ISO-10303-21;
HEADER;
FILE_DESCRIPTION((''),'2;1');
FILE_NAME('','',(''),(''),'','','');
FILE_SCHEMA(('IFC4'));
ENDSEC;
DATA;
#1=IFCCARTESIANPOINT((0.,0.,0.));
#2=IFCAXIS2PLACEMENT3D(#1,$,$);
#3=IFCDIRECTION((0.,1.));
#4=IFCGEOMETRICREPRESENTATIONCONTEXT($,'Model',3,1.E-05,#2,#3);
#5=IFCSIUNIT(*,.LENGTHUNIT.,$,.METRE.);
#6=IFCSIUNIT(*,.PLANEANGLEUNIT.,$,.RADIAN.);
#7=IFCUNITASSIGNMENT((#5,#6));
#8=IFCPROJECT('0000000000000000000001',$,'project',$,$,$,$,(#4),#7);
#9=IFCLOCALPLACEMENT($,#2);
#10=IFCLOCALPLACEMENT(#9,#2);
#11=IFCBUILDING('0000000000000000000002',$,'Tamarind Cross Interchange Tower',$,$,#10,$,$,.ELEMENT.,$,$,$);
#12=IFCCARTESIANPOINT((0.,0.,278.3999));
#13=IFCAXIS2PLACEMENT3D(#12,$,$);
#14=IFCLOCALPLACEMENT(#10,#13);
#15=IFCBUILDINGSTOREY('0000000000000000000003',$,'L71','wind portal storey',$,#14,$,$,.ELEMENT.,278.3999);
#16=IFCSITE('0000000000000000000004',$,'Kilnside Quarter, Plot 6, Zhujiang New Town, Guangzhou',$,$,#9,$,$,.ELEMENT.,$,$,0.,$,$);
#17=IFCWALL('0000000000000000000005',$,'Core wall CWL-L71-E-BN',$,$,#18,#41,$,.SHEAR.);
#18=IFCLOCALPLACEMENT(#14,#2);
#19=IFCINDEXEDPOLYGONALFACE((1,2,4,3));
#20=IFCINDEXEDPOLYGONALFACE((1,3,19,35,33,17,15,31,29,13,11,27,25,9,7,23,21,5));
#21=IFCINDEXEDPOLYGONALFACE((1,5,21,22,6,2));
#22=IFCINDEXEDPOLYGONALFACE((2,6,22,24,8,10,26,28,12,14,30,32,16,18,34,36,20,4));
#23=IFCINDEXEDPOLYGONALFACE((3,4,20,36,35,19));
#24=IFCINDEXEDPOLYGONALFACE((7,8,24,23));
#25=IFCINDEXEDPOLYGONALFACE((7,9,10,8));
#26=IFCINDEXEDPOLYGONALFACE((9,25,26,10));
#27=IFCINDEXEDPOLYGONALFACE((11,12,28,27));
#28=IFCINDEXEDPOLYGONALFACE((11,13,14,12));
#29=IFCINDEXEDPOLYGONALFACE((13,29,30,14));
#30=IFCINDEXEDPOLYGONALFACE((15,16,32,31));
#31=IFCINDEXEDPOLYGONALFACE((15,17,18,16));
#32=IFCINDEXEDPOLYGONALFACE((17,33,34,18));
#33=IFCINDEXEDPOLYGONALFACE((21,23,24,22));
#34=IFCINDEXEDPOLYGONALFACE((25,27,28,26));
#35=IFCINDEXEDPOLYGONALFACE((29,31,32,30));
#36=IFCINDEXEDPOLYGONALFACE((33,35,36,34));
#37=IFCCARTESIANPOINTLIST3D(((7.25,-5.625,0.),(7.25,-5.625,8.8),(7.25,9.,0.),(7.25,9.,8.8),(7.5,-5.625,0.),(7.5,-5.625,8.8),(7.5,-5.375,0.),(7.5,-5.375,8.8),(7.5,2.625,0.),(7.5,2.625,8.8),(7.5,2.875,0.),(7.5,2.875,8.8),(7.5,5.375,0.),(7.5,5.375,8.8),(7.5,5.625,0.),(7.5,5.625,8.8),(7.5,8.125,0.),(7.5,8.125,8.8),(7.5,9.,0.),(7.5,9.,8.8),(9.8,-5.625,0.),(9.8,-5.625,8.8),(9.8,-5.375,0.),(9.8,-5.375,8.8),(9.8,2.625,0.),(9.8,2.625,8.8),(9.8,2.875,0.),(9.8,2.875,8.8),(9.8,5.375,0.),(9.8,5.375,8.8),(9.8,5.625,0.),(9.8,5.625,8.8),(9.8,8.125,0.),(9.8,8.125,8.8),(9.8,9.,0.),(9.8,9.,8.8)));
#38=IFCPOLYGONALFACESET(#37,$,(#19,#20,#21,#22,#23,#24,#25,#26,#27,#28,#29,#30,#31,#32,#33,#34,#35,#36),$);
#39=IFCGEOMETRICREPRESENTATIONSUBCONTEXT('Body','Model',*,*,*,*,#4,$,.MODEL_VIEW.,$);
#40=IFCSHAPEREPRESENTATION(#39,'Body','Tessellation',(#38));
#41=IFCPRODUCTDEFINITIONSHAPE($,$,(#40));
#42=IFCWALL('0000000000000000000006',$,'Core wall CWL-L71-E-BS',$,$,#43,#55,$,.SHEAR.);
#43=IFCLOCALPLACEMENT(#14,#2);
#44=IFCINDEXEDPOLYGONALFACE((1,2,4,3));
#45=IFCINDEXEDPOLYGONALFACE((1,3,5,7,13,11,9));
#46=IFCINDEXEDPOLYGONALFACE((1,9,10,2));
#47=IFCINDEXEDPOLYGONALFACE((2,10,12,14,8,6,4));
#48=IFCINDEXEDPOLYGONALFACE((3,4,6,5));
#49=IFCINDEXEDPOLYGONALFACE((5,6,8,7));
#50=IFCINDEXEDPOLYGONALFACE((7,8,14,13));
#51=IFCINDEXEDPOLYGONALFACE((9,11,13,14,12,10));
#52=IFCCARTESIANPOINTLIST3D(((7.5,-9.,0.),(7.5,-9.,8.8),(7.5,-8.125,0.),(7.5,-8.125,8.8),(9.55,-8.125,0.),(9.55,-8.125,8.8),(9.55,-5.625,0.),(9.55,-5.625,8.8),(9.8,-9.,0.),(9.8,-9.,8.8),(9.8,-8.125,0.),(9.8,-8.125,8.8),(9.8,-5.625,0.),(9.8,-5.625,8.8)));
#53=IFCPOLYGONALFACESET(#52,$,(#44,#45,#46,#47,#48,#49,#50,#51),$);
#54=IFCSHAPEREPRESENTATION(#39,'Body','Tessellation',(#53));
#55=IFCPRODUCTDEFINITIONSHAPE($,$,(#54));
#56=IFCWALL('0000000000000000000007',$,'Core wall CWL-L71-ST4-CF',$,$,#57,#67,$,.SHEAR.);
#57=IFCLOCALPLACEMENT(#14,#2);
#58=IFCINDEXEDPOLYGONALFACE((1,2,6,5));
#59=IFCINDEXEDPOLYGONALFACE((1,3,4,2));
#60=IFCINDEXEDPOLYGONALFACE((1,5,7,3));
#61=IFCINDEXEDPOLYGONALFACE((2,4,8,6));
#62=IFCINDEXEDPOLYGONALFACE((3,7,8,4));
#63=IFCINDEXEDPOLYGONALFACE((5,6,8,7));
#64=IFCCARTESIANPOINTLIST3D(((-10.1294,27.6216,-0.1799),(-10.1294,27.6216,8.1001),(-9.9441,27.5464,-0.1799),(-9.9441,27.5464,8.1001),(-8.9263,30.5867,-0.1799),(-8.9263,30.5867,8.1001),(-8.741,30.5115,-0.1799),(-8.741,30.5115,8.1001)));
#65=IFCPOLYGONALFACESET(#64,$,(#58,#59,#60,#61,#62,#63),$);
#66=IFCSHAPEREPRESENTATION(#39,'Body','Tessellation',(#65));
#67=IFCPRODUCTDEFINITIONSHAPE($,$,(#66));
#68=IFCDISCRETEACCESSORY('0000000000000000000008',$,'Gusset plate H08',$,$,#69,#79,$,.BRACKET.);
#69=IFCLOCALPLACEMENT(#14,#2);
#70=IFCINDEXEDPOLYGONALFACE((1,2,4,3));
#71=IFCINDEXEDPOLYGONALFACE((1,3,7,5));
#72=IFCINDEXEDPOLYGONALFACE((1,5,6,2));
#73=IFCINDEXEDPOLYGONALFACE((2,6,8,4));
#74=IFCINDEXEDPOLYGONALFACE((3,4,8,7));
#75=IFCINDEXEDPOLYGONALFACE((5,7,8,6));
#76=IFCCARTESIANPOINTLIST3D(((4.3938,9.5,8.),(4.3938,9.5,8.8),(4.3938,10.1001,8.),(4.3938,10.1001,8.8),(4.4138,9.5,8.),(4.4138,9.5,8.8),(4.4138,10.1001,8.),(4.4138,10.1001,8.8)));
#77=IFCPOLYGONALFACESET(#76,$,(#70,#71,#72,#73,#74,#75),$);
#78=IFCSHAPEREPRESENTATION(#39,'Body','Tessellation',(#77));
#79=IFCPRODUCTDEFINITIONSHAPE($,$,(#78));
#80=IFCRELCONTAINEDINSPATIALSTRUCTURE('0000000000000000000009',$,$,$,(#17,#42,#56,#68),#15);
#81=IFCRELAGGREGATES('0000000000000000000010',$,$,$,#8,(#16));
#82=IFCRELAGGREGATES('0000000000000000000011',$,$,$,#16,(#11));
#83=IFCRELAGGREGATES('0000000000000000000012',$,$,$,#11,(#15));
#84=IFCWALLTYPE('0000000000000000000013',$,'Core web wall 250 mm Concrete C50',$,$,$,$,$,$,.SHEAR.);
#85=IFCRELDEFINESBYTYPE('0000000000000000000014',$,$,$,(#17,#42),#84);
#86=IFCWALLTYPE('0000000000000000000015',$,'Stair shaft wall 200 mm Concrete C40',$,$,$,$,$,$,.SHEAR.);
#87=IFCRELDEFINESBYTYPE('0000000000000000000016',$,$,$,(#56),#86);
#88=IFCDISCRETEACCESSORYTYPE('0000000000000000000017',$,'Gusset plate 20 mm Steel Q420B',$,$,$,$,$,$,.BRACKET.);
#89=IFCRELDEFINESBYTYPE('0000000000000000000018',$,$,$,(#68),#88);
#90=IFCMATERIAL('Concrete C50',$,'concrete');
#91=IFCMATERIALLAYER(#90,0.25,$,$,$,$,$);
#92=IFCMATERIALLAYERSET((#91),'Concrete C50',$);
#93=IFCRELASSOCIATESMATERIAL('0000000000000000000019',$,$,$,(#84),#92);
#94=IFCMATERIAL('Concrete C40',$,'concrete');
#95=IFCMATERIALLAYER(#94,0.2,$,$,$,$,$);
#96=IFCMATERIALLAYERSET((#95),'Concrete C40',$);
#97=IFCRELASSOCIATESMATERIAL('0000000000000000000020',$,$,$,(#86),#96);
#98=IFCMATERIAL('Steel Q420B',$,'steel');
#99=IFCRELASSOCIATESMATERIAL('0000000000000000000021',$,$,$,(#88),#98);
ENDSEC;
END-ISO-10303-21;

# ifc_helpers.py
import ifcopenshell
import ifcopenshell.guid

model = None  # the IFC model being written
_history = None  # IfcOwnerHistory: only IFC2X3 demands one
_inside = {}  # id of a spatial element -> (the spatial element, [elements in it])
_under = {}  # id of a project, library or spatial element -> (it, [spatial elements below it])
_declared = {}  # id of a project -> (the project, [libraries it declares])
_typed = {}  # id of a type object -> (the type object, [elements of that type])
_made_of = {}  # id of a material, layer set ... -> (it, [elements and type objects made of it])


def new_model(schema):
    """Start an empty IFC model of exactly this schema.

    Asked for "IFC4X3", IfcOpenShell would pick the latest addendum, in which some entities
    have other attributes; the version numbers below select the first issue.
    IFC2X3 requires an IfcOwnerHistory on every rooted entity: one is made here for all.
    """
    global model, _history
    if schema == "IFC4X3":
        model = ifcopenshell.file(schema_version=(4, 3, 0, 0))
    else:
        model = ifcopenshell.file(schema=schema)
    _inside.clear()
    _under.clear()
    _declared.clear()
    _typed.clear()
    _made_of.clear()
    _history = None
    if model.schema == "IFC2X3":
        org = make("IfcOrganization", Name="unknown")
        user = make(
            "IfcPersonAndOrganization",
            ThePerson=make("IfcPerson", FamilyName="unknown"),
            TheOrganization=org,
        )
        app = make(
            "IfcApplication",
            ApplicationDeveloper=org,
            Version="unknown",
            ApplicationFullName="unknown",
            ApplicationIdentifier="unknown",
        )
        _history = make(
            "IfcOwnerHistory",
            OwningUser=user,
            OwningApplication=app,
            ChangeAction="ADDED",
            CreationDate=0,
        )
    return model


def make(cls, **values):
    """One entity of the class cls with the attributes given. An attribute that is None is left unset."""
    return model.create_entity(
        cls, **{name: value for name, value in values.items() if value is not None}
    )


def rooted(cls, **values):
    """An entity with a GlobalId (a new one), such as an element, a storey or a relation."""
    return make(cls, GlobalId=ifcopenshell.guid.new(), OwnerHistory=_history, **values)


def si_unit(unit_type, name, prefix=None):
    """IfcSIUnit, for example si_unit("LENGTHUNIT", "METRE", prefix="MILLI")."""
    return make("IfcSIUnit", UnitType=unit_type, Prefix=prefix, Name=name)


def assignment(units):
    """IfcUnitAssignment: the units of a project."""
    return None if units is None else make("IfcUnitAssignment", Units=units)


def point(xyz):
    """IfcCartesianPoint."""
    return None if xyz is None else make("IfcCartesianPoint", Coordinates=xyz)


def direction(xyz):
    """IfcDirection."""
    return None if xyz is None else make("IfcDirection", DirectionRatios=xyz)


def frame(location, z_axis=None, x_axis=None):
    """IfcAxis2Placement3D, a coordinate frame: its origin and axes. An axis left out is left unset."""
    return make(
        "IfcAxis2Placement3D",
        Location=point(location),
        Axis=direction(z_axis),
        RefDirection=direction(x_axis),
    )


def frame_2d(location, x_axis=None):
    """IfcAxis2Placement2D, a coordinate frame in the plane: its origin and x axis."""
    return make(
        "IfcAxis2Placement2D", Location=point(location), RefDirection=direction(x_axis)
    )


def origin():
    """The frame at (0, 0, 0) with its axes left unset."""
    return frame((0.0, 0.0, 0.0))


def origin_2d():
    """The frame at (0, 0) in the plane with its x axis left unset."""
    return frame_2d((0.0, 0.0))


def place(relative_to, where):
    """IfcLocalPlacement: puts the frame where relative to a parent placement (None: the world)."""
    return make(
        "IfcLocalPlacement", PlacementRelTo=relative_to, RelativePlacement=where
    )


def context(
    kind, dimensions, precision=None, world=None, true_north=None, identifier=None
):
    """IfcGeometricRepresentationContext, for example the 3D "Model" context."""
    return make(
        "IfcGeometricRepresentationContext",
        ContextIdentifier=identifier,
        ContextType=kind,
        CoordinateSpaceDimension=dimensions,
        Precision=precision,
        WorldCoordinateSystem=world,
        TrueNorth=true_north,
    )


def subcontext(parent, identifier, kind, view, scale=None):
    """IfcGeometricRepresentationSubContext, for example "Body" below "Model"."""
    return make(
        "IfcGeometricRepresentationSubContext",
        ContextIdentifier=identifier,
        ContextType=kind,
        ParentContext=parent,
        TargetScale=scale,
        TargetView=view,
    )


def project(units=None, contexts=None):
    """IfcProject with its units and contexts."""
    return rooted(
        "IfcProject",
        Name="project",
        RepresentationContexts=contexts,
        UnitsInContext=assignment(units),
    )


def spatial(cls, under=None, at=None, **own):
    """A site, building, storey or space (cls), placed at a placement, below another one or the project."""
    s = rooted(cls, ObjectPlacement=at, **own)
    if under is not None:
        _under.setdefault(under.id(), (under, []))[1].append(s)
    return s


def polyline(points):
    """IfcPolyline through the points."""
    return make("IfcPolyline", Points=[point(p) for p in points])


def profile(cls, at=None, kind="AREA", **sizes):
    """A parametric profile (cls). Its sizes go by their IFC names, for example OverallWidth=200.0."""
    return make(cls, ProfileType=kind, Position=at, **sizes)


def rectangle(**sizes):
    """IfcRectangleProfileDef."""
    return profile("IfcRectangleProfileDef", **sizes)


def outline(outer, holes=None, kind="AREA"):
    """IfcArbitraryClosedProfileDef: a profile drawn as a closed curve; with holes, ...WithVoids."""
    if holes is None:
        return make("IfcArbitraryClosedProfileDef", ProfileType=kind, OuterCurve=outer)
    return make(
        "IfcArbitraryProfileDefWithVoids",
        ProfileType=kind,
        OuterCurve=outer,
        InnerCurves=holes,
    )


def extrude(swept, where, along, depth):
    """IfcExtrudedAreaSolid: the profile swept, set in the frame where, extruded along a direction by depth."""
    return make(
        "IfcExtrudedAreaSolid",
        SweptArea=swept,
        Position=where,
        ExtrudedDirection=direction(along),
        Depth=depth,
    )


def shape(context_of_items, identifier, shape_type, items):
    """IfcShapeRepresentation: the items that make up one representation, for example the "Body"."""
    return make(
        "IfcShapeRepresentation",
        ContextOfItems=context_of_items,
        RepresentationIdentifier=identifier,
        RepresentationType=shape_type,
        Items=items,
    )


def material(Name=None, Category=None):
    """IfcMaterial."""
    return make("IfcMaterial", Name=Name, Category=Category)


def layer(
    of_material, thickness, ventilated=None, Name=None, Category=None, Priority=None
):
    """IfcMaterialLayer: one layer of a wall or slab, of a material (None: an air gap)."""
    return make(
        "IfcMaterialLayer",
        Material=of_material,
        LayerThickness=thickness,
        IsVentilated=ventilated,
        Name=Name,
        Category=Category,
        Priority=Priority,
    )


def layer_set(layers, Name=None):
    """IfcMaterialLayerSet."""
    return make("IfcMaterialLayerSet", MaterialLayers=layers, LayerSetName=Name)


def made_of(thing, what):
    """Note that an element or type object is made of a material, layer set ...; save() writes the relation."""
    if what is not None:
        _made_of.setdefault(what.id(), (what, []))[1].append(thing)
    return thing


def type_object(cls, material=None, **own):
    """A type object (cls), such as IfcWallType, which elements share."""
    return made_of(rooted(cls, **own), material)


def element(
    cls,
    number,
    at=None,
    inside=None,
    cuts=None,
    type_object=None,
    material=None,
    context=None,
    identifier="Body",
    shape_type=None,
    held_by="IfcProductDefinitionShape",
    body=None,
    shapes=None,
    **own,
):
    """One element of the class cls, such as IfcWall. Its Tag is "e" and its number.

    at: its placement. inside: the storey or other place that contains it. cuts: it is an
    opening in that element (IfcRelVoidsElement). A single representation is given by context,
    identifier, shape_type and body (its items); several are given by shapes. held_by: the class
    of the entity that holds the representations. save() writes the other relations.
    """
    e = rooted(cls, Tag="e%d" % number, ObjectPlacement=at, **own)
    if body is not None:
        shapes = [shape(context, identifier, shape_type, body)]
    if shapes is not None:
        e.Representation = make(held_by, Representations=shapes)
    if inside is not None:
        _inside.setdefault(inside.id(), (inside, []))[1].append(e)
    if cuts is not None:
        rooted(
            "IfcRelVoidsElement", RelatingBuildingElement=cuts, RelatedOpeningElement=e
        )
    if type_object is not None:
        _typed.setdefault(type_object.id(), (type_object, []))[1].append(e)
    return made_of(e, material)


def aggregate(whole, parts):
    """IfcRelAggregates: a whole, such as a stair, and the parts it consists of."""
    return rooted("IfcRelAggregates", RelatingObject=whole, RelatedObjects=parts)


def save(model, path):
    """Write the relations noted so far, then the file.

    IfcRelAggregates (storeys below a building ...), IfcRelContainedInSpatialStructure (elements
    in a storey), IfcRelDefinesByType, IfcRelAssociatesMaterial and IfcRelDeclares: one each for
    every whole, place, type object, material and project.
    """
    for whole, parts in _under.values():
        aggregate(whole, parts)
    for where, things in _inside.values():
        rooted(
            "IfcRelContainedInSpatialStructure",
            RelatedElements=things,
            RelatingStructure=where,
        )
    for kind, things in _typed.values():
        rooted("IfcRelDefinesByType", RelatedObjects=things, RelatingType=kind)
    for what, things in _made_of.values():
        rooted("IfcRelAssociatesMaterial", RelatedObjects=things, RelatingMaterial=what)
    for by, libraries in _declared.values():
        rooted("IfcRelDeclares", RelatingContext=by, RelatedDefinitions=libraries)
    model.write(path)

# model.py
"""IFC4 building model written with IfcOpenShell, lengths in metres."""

from ifc_helpers import new_model, si_unit, direction, frame, origin, origin_2d, place, context, subcontext, project, spatial, polyline, rectangle, outline, extrude, material, layer, layer_set, type_object, element, save


model = new_model("IFC4")

# Units and contexts
model_context = context("Model", 3, precision=1e-05, world=origin(), true_north=direction((0.0, 1.0)))
body_context = subcontext(model_context, "Body", "Model", "MODEL_VIEW")
ifc_project = project(units=[si_unit("LENGTHUNIT", "METRE"), si_unit("PLANEANGLEUNIT", "RADIAN")], contexts=[model_context])

# Site, building, storey
site_placement = place(None, origin())
site = spatial("IfcSite", under=ifc_project, at=site_placement, Name="Kilnside Quarter, Plot 6, Zhujiang New Town, Guangzhou", CompositionType="ELEMENT", RefElevation=0.0)
building_placement = place(site_placement, origin())
building = spatial("IfcBuilding", under=site, at=building_placement, Name="Tamarind Cross Interchange Tower", CompositionType="ELEMENT")
storey_placement = place(building_placement, frame((0.0, 0.0, 278.3999)))
storey = spatial("IfcBuildingStorey", under=building, at=storey_placement, Name="L71", Description="wind portal storey", CompositionType="ELEMENT", Elevation=278.3999)

# Shared definitions
ifc_material_1 = material(Name="Steel Q420B", Category="steel")

# Shared definitions
ifc_material_2 = material(Name="Concrete C40", Category="concrete")

# Walls
ifc_material_3 = material(Name="Concrete C50", Category="concrete")
ifc_layer_1 = layer(ifc_material_3, 0.25)
ifc_layer_set_1 = layer_set([ifc_layer_1], Name="Concrete C50")
wall_type_1 = type_object("IfcWallType", Name="Core web wall 250 mm Concrete C50", PredefinedType="SHEAR", material=ifc_layer_set_1)
wall_1_placement = place(storey_placement, origin())
element("IfcWall", 1, at=wall_1_placement, inside=storey, type_object=wall_type_1, Name="Core wall CWL-L71-E-BN", PredefinedType="SHEAR", context=body_context, shape_type="SweptSolid", body=[
    extrude(outline(polyline([(9.8, -5.375), (7.5, -5.375), (7.5, 2.625), (9.8, 2.625), (9.8, 2.875), (7.5, 2.875), (7.5, 5.375), (9.8, 5.375), (9.8, 5.625), (7.5, 5.625), (7.5, 8.125), (9.8, 8.125), (9.8, 9.0), (7.5, 9.0), (7.25, 9.0), (7.25, -5.625), (7.5, -5.625), (9.8, -5.625), (9.8, -5.375)])), origin(), (0.0, 0.0, 1.0), 8.8),
])
wall_2_placement = place(storey_placement, origin())
element("IfcWall", 2, at=wall_2_placement, inside=storey, type_object=wall_type_1, Name="Core wall CWL-L71-E-BS", PredefinedType="SHEAR", context=body_context, shape_type="SweptSolid", body=[
    extrude(outline(polyline([(7.5, -8.125), (7.5, -9.0), (9.8, -9.0), (9.8, -8.125), (9.8, -5.625), (9.55, -5.625), (9.55, -8.125), (7.5, -8.125)])), origin(), (0.0, 0.0, 1.0), 8.8),
])
ifc_layer_2 = layer(ifc_material_2, 0.2)
ifc_layer_set_2 = layer_set([ifc_layer_2], Name="Concrete C40")
wall_type_2 = type_object("IfcWallType", Name="Stair shaft wall 200 mm Concrete C40", PredefinedType="SHEAR", material=ifc_layer_set_2)
wall_3_placement = place(storey_placement, frame((0.0, 0.0, -0.1799)))
element("IfcWall", 3, at=wall_3_placement, inside=storey, type_object=wall_type_2, Name="Core wall CWL-L71-ST4-CF", PredefinedType="SHEAR", context=body_context, shape_type="SweptSolid", body=[
    extrude(outline(polyline([(-8.741, 30.5115), (-8.9263, 30.5867), (-10.1294, 27.6216), (-9.9441, 27.5464), (-8.741, 30.5115)])), origin(), (0.0, 0.0, 1.0), 8.28),
])

# Discrete accessory
discrete_accessory_type = type_object("IfcDiscreteAccessoryType", Name="Gusset plate 20 mm Steel Q420B", PredefinedType="BRACKET", material=ifc_material_1)
discrete_accessory_placement = place(storey_placement, frame((4.4038, 9.8, 8.0), z_axis=(0.0, 0.0, 1.0), x_axis=(1.0, 0.0, 0.0)))
element("IfcDiscreteAccessory", 4, at=discrete_accessory_placement, inside=storey, type_object=discrete_accessory_type, Name="Gusset plate H08", PredefinedType="BRACKET", context=body_context, shape_type="SweptSolid", body=[
    extrude(rectangle(XDim=0.02, YDim=0.6001, at=origin_2d()), origin(), (0.0, 0.0, 1.0), 0.8),
])

save(model, "model.ifc")
